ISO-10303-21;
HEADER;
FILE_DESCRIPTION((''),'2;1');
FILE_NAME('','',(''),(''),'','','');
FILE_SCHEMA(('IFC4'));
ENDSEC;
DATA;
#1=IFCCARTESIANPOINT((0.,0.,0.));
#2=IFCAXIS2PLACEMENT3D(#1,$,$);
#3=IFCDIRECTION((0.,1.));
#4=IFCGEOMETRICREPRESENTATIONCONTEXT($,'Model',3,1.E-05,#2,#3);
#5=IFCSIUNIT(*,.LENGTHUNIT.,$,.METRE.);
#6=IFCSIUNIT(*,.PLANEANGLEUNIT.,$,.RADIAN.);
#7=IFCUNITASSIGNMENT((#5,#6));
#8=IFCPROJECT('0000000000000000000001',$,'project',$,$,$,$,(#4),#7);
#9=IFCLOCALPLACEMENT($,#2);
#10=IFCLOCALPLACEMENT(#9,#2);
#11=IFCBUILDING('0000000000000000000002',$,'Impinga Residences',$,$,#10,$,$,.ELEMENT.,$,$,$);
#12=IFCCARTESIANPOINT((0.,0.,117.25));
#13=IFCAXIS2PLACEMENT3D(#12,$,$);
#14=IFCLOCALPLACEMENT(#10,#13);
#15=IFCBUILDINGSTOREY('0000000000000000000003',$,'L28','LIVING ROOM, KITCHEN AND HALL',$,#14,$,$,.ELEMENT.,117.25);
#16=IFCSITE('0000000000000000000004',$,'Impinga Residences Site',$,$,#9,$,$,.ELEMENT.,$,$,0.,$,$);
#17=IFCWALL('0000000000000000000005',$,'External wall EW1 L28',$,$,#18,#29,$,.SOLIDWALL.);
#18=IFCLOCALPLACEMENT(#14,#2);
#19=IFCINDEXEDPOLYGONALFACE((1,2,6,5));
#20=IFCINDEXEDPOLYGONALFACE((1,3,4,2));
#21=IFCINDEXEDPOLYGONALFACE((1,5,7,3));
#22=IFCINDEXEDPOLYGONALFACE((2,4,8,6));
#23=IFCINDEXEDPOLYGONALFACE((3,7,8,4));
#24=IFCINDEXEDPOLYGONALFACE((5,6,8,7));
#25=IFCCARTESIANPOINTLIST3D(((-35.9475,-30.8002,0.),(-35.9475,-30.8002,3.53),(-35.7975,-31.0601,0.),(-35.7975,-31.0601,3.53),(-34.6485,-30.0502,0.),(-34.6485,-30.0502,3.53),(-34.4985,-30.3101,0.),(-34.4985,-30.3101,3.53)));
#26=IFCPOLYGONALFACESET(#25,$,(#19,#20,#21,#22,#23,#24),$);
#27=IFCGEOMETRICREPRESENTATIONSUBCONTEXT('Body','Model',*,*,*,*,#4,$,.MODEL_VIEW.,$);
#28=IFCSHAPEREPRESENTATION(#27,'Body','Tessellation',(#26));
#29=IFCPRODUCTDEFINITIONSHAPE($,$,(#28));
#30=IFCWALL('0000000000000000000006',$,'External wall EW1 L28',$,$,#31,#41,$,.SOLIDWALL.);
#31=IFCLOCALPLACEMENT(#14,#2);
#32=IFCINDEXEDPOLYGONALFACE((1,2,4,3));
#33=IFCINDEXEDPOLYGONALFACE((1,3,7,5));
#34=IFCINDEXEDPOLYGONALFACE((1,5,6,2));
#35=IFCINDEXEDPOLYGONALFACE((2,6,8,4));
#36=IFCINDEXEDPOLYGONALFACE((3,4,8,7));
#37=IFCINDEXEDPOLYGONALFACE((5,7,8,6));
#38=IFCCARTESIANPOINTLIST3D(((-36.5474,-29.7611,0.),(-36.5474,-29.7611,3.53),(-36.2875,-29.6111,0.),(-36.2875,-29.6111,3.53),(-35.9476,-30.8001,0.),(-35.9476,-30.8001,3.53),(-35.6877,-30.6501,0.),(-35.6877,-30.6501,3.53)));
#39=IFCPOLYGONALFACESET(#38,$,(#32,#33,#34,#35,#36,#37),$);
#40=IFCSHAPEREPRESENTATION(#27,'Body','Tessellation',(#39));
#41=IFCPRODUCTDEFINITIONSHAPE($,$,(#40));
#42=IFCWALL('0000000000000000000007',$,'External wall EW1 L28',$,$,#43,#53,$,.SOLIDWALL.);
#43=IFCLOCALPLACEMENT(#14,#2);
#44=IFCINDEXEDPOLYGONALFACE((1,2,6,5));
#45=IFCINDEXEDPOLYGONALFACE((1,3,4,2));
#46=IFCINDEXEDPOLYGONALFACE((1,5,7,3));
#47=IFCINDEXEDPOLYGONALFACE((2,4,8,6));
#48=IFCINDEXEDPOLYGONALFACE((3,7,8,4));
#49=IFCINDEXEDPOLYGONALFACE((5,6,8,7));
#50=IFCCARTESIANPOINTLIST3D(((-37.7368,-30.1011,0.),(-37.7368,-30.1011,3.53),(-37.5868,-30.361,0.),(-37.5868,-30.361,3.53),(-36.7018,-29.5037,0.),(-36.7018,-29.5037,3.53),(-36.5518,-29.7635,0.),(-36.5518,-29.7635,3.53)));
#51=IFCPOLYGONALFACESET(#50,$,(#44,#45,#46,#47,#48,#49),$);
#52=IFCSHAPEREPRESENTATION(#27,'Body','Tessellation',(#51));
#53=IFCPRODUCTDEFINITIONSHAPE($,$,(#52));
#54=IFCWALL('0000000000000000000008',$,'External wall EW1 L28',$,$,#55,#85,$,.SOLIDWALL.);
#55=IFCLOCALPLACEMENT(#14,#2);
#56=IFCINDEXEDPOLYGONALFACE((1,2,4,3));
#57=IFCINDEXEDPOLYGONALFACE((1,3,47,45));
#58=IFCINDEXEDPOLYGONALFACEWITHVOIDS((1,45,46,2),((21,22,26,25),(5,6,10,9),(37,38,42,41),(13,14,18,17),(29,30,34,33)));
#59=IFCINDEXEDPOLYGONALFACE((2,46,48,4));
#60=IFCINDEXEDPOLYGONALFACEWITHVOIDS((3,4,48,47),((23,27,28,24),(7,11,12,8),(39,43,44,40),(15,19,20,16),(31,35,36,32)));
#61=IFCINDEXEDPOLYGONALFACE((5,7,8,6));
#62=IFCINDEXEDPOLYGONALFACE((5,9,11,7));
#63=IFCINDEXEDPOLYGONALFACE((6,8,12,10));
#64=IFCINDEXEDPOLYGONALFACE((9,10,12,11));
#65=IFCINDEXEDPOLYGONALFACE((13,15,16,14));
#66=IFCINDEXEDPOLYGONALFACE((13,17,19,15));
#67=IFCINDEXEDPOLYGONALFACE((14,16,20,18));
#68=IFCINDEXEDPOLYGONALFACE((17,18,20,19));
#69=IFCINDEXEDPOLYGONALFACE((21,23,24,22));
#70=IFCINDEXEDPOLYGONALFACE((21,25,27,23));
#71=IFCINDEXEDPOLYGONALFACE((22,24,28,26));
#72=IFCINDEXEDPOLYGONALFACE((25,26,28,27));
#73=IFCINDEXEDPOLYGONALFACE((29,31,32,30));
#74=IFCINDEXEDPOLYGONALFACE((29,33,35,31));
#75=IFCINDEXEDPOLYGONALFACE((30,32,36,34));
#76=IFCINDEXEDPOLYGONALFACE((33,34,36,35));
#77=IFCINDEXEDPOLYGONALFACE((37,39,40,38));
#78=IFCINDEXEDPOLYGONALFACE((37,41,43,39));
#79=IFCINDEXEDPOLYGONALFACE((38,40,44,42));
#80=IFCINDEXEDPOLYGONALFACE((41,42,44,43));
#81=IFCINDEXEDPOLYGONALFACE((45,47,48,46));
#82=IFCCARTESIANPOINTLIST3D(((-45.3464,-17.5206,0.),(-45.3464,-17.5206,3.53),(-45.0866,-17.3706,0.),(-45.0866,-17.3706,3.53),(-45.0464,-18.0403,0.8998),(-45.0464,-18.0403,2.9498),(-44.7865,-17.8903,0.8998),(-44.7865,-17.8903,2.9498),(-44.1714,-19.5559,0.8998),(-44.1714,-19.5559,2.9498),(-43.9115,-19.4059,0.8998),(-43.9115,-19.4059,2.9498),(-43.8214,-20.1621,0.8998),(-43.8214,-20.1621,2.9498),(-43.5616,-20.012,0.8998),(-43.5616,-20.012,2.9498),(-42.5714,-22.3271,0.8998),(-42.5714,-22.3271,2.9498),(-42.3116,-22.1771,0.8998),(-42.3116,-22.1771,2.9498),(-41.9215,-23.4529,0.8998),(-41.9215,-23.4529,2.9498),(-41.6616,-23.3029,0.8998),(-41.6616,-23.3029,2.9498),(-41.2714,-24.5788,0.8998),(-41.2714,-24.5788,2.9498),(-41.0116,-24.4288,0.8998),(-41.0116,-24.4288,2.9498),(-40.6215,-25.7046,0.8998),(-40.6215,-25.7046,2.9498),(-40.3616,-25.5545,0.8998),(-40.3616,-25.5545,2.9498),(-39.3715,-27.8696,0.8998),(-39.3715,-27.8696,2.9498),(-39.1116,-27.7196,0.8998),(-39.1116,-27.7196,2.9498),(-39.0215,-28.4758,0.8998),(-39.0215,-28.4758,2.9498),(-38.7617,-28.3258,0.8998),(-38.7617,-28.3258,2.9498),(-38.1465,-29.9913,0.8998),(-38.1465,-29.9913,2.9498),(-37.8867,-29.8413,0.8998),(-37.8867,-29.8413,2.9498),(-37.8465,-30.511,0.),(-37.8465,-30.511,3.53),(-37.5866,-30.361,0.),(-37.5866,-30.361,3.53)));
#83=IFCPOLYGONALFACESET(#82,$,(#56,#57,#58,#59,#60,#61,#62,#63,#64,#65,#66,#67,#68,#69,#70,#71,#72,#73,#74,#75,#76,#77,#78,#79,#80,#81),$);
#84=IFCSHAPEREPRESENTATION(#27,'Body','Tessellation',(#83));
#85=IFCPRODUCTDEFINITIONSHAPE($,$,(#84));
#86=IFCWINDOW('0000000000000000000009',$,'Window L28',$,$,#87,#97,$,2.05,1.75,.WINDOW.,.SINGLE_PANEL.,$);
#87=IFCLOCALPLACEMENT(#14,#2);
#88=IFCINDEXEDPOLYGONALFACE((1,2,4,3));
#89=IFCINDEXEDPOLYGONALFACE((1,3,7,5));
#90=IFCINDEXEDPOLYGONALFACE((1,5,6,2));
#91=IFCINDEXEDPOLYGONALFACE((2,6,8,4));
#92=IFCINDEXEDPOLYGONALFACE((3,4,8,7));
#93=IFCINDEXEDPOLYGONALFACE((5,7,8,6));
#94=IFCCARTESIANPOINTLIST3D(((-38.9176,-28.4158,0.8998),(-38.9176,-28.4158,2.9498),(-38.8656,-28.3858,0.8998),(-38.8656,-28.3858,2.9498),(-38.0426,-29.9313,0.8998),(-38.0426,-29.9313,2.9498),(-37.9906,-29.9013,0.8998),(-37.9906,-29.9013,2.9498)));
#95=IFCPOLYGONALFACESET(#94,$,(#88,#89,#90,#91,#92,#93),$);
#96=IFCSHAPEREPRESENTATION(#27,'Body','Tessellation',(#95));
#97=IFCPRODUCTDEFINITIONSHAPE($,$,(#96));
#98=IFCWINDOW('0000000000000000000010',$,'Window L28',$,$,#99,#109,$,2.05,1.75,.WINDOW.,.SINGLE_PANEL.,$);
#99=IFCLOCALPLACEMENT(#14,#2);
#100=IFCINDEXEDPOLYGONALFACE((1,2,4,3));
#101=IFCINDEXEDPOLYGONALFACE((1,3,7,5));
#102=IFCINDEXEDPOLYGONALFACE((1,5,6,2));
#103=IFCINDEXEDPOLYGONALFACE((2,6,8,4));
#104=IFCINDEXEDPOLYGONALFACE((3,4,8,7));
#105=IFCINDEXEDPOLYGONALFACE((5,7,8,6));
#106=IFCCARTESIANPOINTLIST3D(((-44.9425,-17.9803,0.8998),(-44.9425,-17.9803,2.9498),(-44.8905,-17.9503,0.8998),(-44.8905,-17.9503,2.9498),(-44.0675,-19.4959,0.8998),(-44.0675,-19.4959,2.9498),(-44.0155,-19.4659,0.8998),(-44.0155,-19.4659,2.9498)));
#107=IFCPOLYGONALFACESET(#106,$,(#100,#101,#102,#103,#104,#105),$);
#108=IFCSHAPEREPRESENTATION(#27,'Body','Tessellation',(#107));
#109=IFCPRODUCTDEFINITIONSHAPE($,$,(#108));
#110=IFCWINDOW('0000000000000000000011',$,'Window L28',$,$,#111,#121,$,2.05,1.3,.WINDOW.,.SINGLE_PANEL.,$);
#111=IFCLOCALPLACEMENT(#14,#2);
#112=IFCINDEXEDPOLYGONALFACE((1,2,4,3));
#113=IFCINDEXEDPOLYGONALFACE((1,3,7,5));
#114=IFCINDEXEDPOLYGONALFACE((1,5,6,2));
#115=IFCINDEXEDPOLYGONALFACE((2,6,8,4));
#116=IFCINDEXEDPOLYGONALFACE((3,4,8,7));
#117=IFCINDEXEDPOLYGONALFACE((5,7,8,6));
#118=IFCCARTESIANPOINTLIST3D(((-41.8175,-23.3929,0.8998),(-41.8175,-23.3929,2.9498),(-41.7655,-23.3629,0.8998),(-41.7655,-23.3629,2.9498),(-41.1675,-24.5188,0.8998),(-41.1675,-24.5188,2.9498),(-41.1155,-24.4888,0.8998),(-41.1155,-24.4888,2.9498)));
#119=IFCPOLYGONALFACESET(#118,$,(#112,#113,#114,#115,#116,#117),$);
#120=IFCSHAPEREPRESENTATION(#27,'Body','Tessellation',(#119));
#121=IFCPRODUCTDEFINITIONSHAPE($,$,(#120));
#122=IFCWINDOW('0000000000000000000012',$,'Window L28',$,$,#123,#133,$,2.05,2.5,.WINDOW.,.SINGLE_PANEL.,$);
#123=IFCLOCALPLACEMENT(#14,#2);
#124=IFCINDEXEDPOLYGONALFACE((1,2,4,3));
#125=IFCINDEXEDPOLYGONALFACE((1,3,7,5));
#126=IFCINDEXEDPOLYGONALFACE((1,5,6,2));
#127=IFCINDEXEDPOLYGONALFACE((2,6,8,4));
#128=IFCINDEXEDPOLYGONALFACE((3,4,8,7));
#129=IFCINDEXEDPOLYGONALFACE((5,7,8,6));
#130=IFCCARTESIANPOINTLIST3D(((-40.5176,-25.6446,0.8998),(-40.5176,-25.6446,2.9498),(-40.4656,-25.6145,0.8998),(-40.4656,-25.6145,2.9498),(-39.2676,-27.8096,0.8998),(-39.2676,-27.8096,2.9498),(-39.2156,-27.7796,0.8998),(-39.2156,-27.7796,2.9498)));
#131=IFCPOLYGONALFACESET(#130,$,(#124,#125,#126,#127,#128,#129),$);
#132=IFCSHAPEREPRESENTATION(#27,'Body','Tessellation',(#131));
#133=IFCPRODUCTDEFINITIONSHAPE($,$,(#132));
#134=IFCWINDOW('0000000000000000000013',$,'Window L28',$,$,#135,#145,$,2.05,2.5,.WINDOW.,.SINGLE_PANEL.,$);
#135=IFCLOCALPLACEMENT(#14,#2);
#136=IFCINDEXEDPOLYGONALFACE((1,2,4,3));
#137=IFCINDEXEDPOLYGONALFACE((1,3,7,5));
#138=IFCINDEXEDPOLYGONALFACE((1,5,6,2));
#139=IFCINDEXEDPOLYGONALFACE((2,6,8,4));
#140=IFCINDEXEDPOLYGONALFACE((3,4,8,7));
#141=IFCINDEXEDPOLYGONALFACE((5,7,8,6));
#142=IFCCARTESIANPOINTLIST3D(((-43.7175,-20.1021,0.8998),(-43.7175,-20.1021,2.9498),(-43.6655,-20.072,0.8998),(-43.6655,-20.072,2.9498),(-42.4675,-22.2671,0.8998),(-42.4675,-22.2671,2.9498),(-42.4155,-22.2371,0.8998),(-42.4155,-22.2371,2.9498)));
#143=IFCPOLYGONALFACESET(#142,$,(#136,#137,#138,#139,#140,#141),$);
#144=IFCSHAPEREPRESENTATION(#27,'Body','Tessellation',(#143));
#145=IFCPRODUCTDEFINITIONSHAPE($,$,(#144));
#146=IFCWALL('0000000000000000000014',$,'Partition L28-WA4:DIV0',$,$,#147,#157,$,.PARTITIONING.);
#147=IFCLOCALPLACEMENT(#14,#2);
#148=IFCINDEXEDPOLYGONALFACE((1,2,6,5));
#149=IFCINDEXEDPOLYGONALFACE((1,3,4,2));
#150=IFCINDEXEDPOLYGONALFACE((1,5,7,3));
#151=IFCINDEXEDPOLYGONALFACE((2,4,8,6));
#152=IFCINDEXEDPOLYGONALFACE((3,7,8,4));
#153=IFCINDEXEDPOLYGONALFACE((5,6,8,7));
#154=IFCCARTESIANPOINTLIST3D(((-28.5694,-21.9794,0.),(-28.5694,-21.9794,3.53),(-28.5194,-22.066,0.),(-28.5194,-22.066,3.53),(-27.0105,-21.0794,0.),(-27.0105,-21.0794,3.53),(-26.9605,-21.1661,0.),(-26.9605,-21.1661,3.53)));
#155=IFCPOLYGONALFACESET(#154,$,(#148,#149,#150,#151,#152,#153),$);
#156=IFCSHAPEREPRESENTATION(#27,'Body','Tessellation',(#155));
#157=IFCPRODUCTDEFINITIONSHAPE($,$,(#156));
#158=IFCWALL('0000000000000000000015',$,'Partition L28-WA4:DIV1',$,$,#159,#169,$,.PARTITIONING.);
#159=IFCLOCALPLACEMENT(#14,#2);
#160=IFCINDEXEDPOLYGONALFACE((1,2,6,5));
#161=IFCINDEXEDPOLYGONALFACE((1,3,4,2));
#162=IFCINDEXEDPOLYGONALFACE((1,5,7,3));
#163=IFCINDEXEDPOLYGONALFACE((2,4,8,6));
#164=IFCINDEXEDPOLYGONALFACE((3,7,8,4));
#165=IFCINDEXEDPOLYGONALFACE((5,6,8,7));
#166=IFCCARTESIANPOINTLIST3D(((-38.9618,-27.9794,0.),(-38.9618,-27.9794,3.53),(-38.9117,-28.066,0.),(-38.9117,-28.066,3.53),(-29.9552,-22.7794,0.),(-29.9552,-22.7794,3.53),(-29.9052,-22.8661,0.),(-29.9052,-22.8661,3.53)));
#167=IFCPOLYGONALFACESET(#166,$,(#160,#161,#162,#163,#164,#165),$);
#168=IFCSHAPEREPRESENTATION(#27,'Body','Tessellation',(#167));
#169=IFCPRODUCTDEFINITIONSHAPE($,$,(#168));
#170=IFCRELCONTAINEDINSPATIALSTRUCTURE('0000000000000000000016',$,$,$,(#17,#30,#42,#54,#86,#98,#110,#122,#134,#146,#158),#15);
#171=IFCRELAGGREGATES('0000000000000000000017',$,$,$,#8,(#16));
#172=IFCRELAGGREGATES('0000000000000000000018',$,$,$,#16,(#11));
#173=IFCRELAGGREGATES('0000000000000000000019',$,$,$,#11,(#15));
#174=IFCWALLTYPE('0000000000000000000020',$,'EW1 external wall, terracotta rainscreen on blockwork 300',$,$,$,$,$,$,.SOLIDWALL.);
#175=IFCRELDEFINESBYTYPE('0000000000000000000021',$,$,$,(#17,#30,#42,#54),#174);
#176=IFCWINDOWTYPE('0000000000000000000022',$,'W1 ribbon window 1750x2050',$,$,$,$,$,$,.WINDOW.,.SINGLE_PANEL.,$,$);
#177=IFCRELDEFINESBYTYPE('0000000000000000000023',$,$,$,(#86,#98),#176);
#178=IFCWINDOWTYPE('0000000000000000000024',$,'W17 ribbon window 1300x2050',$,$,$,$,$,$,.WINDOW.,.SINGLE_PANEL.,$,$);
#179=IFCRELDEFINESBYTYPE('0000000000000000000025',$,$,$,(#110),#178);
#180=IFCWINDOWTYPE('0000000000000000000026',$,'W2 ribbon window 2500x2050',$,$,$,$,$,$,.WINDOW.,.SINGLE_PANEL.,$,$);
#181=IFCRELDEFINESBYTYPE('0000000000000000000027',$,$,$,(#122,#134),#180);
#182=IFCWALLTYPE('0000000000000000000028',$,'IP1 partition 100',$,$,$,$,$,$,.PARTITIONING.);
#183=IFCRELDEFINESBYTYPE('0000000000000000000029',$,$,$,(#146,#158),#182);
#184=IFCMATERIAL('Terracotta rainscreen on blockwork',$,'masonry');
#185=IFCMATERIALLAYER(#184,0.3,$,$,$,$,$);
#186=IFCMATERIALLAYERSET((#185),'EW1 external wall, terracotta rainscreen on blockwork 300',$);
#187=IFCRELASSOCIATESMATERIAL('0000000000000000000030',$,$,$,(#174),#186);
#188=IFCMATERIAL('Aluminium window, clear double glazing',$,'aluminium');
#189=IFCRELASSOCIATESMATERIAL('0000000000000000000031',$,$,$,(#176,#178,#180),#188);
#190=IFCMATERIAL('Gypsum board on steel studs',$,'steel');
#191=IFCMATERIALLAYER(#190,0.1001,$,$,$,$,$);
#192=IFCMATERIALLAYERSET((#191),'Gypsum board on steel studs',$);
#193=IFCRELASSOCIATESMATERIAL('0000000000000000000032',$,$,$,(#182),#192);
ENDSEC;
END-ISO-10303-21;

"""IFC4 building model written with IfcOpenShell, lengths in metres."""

from ifc_helpers import new_model, si_unit, direction, frame, frame_2d, origin, place, context, subcontext, project, spatial, rectangle, extrude, material, layer, layer_set, type_object, element, fill, save


model = new_model("IFC4")

# Units and contexts
model_context = context("Model", 3, precision=1e-05, world=origin(), true_north=direction((0.0, 1.0)))
body_context = subcontext(model_context, "Body", "Model", "MODEL_VIEW")
ifc_project = project(units=[si_unit("LENGTHUNIT", "METRE"), si_unit("PLANEANGLEUNIT", "RADIAN")], contexts=[model_context])

# Site, building, storey
site_placement = place(None, origin())
site = spatial("IfcSite", under=ifc_project, at=site_placement, Name="Impinga Residences Site", CompositionType="ELEMENT", RefElevation=0.0)
building_placement = place(site_placement, origin())
building = spatial("IfcBuilding", under=site, at=building_placement, Name="Impinga Residences", CompositionType="ELEMENT")
storey_placement = place(building_placement, frame((0.0, 0.0, 117.25)))
storey = spatial("IfcBuildingStorey", under=building, at=storey_placement, Name="L28", Description="LIVING ROOM, KITCHEN AND HALL", CompositionType="ELEMENT", Elevation=117.25)

# Walls
ifc_material_1 = material(Name="Terracotta rainscreen on blockwork", Category="masonry")
ifc_layer_1 = layer(ifc_material_1, 0.3)
ifc_layer_set_1 = layer_set([ifc_layer_1], Name="EW1 external wall, terracotta rainscreen on blockwork 300")
wall_type_1 = type_object("IfcWallType", Name="EW1 external wall, terracotta rainscreen on blockwork 300", PredefinedType="SOLIDWALL", material=ifc_layer_set_1)
wall_1_placement = place(storey_placement, frame((-34.5735, -30.1802, 0.0), z_axis=(0.0, 0.0, 1.0), x_axis=(-0.866031, -0.49999, 0.0)))
element("IfcWall", 1, at=wall_1_placement, inside=storey, type_object=wall_type_1, Name="External wall EW1 L28", PredefinedType="SOLIDWALL", context=body_context, shape_type="SweptSolid", body=[
    extrude(rectangle(XDim=1.5, YDim=0.3, at=frame_2d((0.75, 0.0))), origin(), (0.0, 0.0, 1.0), 3.53),
])
wall_2_placement = place(storey_placement, frame((-35.8176, -30.7251, 0.0), z_axis=(0.0, 0.0, 1.0), x_axis=(-0.499969, 0.866043, 0.0)))
element("IfcWall", 2, at=wall_2_placement, inside=storey, type_object=wall_type_1, Name="External wall EW1 L28", PredefinedType="SOLIDWALL", context=body_context, shape_type="SweptSolid", body=[
    extrude(rectangle(XDim=1.1997, YDim=0.3, at=frame_2d((0.5999, 0.0))), origin(), (0.0, 0.0, 1.0), 3.53),
])
wall_3_placement = place(storey_placement, frame((-36.6267, -29.6335, 0.0), z_axis=(0.0, 0.0, 1.0), x_axis=(-0.86606, -0.499941, 0.0)))
element("IfcWall", 3, at=wall_3_placement, inside=storey, type_object=wall_type_1, Name="External wall EW1 L28", PredefinedType="SOLIDWALL", context=body_context, shape_type="SweptSolid", body=[
    extrude(rectangle(XDim=1.1951, YDim=0.3, at=frame_2d((0.5977, 0.0))), origin(), (0.0, 0.0, 1.0), 3.53),
])

# Wall, openings, windows
wall_4_placement = place(storey_placement, frame((-37.7166, -30.436, 0.0), z_axis=(0.0, 0.0, 1.0), x_axis=(-0.499997, 0.866027, 0.0)))
wall_4 = element("IfcWall", 4, at=wall_4_placement, inside=storey, type_object=wall_type_1, Name="External wall EW1 L28", PredefinedType="SOLIDWALL", context=body_context, shape_type="SweptSolid", body=[
    extrude(rectangle(XDim=15.0, YDim=0.3, at=frame_2d((7.5, 0.0))), origin(), (0.0, 0.0, 1.0), 3.53),
])
opening_1_placement = place(wall_4_placement, frame((0.6001, 0.0, 0.8999)))
opening_1 = element("IfcOpeningElement", 5, at=opening_1_placement, cuts=wall_4, PredefinedType="OPENING", context=body_context, shape_type="SweptSolid", body=[
    extrude(rectangle(XDim=1.75, YDim=2.05, at=frame_2d((0.875, 1.0249))), frame((0.0, 0.1599, 0.0), z_axis=(0.0, -1.0, 0.0), x_axis=(1.0, 0.0, 0.0)), (0.0, 0.0, 1.0), 0.3201),
])
opening_2_placement = place(wall_4_placement, frame((3.05, 0.0, 0.8999)))
opening_2 = element("IfcOpeningElement", 6, at=opening_2_placement, cuts=wall_4, PredefinedType="OPENING", context=body_context, shape_type="SweptSolid", body=[
    extrude(rectangle(XDim=2.5, YDim=2.05, at=frame_2d((1.25, 1.0249))), frame((0.0, 0.1599, 0.0), z_axis=(0.0, -1.0, 0.0), x_axis=(1.0, 0.0, 0.0)), (0.0, 0.0, 1.0), 0.3201),
])
opening_3_placement = place(wall_4_placement, frame((6.8501, 0.0, 0.8999)))
opening_3 = element("IfcOpeningElement", 7, at=opening_3_placement, cuts=wall_4, PredefinedType="OPENING", context=body_context, shape_type="SweptSolid", body=[
    extrude(rectangle(XDim=1.3, YDim=2.05, at=frame_2d((0.6499, 1.0249))), frame((0.0, 0.1599, 0.0), z_axis=(0.0, -1.0, 0.0), x_axis=(1.0, 0.0, 0.0)), (0.0, 0.0, 1.0), 0.3201),
])
opening_4_placement = place(wall_4_placement, frame((9.45, 0.0, 0.8999)))
opening_4 = element("IfcOpeningElement", 8, at=opening_4_placement, cuts=wall_4, PredefinedType="OPENING", context=body_context, shape_type="SweptSolid", body=[
    extrude(rectangle(XDim=2.5, YDim=2.05, at=frame_2d((1.25, 1.0249))), frame((0.0, 0.1599, 0.0), z_axis=(0.0, -1.0, 0.0), x_axis=(1.0, 0.0, 0.0)), (0.0, 0.0, 1.0), 0.3201),
])
opening_5_placement = place(wall_4_placement, frame((12.6499, 0.0, 0.8999)))
opening_5 = element("IfcOpeningElement", 9, at=opening_5_placement, cuts=wall_4, PredefinedType="OPENING", context=body_context, shape_type="SweptSolid", body=[
    extrude(rectangle(XDim=1.75, YDim=2.05, at=frame_2d((0.875, 1.0249))), frame((0.0, 0.1599, 0.0), z_axis=(0.0, -1.0, 0.0), x_axis=(1.0, 0.0, 0.0)), (0.0, 0.0, 1.0), 0.3201),
])
ifc_material_2 = material(Name="Aluminium window, clear double glazing", Category="aluminium")
window_type_1 = type_object("IfcWindowType", Name="W1 ribbon window 1750x2050", PartitioningType="SINGLE_PANEL", PredefinedType="WINDOW", material=ifc_material_2)
window_1_placement = place(opening_1_placement, origin())
window_1 = element("IfcWindow", 10, at=window_1_placement, inside=storey, type_object=window_type_1, Name="Window L28", OverallHeight=2.05, OverallWidth=1.75, PartitioningType="SINGLE_PANEL", PredefinedType="WINDOW", context=body_context, shape_type="SweptSolid", body=[
    extrude(rectangle(XDim=1.75, YDim=2.05, at=frame_2d((0.875, 1.0249))), frame((0.0, 0.03, 0.0), z_axis=(0.0, -1.0, 0.0), x_axis=(1.0, 0.0, 0.0)), (0.0, 0.0, 1.0), 0.0601),
])
fill(opening_1, window_1)
window_2_placement = place(opening_5_placement, origin())
window_2 = element("IfcWindow", 11, at=window_2_placement, inside=storey, type_object=window_type_1, Name="Window L28", OverallHeight=2.05, OverallWidth=1.75, PartitioningType="SINGLE_PANEL", PredefinedType="WINDOW", context=body_context, shape_type="SweptSolid", body=[
    extrude(rectangle(XDim=1.75, YDim=2.05, at=frame_2d((0.875, 1.0249))), frame((0.0, 0.03, 0.0), z_axis=(0.0, -1.0, 0.0), x_axis=(1.0, 0.0, 0.0)), (0.0, 0.0, 1.0), 0.0601),
])
fill(opening_5, window_2)
window_type_2 = type_object("IfcWindowType", Name="W17 ribbon window 1300x2050", PartitioningType="SINGLE_PANEL", PredefinedType="WINDOW", material=ifc_material_2)
window_3_placement = place(opening_3_placement, origin())
window_3 = element("IfcWindow", 12, at=window_3_placement, inside=storey, type_object=window_type_2, Name="Window L28", OverallHeight=2.05, OverallWidth=1.3, PartitioningType="SINGLE_PANEL", PredefinedType="WINDOW", context=body_context, shape_type="SweptSolid", body=[
    extrude(rectangle(XDim=1.3, YDim=2.05, at=frame_2d((0.6499, 1.0249))), frame((0.0, 0.03, 0.0), z_axis=(0.0, -1.0, 0.0), x_axis=(1.0, 0.0, 0.0)), (0.0, 0.0, 1.0), 0.0601),
])
fill(opening_3, window_3)
window_type_3 = type_object("IfcWindowType", Name="W2 ribbon window 2500x2050", PartitioningType="SINGLE_PANEL", PredefinedType="WINDOW", material=ifc_material_2)
window_4_placement = place(opening_2_placement, origin())
window_4 = element("IfcWindow", 13, at=window_4_placement, inside=storey, type_object=window_type_3, Name="Window L28", OverallHeight=2.05, OverallWidth=2.5, PartitioningType="SINGLE_PANEL", PredefinedType="WINDOW", context=body_context, shape_type="SweptSolid", body=[
    extrude(rectangle(XDim=2.5, YDim=2.05, at=frame_2d((1.25, 1.0249))), frame((0.0, 0.03, 0.0), z_axis=(0.0, -1.0, 0.0), x_axis=(1.0, 0.0, 0.0)), (0.0, 0.0, 1.0), 0.0601),
])
fill(opening_2, window_4)
window_5_placement = place(opening_4_placement, origin())
window_5 = element("IfcWindow", 14, at=window_5_placement, inside=storey, type_object=window_type_3, Name="Window L28", OverallHeight=2.05, OverallWidth=2.5, PartitioningType="SINGLE_PANEL", PredefinedType="WINDOW", context=body_context, shape_type="SweptSolid", body=[
    extrude(rectangle(XDim=2.5, YDim=2.05, at=frame_2d((1.25, 1.0249))), frame((0.0, 0.03, 0.0), z_axis=(0.0, -1.0, 0.0), x_axis=(1.0, 0.0, 0.0)), (0.0, 0.0, 1.0), 0.0601),
])
fill(opening_4, window_5)

# Walls
ifc_material_3 = material(Name="Gypsum board on steel studs", Category="steel")
ifc_layer_2 = layer(ifc_material_3, 0.1001)
ifc_layer_set_2 = layer_set([ifc_layer_2], Name="Gypsum board on steel studs")
wall_type_2 = type_object("IfcWallType", Name="IP1 partition 100", PredefinedType="PARTITIONING", material=ifc_layer_set_2)
wall_5_placement = place(storey_placement, frame((-26.9856, -21.1228, 0.0), z_axis=(0.0, 0.0, 1.0), x_axis=(-0.866048, -0.499961, 0.0)))
element("IfcWall", 15, at=wall_5_placement, inside=storey, type_object=wall_type_2, Name="Partition L28-WA4:DIV0", PredefinedType="PARTITIONING", context=body_context, shape_type="SweptSolid", body=[
    extrude(rectangle(XDim=1.8, YDim=0.1001, at=frame_2d((0.8999, 0.0))), origin(), (0.0, 0.0, 1.0), 3.53),
])
wall_6_placement = place(storey_placement, frame((-29.9302, -22.8228, 0.0), z_axis=(0.0, 0.0, 1.0), x_axis=(-0.866026, -0.499999, 0.0)))
element("IfcWall", 16, at=wall_6_placement, inside=storey, type_object=wall_type_2, Name="Partition L28-WA4:DIV1", PredefinedType="PARTITIONING", context=body_context, shape_type="SweptSolid", body=[
    extrude(rectangle(XDim=10.3999, YDim=0.1001, at=frame_2d((5.2, 0.0))), origin(), (0.0, 0.0, 1.0), 3.53),
])

save(model, "model.ifc")
